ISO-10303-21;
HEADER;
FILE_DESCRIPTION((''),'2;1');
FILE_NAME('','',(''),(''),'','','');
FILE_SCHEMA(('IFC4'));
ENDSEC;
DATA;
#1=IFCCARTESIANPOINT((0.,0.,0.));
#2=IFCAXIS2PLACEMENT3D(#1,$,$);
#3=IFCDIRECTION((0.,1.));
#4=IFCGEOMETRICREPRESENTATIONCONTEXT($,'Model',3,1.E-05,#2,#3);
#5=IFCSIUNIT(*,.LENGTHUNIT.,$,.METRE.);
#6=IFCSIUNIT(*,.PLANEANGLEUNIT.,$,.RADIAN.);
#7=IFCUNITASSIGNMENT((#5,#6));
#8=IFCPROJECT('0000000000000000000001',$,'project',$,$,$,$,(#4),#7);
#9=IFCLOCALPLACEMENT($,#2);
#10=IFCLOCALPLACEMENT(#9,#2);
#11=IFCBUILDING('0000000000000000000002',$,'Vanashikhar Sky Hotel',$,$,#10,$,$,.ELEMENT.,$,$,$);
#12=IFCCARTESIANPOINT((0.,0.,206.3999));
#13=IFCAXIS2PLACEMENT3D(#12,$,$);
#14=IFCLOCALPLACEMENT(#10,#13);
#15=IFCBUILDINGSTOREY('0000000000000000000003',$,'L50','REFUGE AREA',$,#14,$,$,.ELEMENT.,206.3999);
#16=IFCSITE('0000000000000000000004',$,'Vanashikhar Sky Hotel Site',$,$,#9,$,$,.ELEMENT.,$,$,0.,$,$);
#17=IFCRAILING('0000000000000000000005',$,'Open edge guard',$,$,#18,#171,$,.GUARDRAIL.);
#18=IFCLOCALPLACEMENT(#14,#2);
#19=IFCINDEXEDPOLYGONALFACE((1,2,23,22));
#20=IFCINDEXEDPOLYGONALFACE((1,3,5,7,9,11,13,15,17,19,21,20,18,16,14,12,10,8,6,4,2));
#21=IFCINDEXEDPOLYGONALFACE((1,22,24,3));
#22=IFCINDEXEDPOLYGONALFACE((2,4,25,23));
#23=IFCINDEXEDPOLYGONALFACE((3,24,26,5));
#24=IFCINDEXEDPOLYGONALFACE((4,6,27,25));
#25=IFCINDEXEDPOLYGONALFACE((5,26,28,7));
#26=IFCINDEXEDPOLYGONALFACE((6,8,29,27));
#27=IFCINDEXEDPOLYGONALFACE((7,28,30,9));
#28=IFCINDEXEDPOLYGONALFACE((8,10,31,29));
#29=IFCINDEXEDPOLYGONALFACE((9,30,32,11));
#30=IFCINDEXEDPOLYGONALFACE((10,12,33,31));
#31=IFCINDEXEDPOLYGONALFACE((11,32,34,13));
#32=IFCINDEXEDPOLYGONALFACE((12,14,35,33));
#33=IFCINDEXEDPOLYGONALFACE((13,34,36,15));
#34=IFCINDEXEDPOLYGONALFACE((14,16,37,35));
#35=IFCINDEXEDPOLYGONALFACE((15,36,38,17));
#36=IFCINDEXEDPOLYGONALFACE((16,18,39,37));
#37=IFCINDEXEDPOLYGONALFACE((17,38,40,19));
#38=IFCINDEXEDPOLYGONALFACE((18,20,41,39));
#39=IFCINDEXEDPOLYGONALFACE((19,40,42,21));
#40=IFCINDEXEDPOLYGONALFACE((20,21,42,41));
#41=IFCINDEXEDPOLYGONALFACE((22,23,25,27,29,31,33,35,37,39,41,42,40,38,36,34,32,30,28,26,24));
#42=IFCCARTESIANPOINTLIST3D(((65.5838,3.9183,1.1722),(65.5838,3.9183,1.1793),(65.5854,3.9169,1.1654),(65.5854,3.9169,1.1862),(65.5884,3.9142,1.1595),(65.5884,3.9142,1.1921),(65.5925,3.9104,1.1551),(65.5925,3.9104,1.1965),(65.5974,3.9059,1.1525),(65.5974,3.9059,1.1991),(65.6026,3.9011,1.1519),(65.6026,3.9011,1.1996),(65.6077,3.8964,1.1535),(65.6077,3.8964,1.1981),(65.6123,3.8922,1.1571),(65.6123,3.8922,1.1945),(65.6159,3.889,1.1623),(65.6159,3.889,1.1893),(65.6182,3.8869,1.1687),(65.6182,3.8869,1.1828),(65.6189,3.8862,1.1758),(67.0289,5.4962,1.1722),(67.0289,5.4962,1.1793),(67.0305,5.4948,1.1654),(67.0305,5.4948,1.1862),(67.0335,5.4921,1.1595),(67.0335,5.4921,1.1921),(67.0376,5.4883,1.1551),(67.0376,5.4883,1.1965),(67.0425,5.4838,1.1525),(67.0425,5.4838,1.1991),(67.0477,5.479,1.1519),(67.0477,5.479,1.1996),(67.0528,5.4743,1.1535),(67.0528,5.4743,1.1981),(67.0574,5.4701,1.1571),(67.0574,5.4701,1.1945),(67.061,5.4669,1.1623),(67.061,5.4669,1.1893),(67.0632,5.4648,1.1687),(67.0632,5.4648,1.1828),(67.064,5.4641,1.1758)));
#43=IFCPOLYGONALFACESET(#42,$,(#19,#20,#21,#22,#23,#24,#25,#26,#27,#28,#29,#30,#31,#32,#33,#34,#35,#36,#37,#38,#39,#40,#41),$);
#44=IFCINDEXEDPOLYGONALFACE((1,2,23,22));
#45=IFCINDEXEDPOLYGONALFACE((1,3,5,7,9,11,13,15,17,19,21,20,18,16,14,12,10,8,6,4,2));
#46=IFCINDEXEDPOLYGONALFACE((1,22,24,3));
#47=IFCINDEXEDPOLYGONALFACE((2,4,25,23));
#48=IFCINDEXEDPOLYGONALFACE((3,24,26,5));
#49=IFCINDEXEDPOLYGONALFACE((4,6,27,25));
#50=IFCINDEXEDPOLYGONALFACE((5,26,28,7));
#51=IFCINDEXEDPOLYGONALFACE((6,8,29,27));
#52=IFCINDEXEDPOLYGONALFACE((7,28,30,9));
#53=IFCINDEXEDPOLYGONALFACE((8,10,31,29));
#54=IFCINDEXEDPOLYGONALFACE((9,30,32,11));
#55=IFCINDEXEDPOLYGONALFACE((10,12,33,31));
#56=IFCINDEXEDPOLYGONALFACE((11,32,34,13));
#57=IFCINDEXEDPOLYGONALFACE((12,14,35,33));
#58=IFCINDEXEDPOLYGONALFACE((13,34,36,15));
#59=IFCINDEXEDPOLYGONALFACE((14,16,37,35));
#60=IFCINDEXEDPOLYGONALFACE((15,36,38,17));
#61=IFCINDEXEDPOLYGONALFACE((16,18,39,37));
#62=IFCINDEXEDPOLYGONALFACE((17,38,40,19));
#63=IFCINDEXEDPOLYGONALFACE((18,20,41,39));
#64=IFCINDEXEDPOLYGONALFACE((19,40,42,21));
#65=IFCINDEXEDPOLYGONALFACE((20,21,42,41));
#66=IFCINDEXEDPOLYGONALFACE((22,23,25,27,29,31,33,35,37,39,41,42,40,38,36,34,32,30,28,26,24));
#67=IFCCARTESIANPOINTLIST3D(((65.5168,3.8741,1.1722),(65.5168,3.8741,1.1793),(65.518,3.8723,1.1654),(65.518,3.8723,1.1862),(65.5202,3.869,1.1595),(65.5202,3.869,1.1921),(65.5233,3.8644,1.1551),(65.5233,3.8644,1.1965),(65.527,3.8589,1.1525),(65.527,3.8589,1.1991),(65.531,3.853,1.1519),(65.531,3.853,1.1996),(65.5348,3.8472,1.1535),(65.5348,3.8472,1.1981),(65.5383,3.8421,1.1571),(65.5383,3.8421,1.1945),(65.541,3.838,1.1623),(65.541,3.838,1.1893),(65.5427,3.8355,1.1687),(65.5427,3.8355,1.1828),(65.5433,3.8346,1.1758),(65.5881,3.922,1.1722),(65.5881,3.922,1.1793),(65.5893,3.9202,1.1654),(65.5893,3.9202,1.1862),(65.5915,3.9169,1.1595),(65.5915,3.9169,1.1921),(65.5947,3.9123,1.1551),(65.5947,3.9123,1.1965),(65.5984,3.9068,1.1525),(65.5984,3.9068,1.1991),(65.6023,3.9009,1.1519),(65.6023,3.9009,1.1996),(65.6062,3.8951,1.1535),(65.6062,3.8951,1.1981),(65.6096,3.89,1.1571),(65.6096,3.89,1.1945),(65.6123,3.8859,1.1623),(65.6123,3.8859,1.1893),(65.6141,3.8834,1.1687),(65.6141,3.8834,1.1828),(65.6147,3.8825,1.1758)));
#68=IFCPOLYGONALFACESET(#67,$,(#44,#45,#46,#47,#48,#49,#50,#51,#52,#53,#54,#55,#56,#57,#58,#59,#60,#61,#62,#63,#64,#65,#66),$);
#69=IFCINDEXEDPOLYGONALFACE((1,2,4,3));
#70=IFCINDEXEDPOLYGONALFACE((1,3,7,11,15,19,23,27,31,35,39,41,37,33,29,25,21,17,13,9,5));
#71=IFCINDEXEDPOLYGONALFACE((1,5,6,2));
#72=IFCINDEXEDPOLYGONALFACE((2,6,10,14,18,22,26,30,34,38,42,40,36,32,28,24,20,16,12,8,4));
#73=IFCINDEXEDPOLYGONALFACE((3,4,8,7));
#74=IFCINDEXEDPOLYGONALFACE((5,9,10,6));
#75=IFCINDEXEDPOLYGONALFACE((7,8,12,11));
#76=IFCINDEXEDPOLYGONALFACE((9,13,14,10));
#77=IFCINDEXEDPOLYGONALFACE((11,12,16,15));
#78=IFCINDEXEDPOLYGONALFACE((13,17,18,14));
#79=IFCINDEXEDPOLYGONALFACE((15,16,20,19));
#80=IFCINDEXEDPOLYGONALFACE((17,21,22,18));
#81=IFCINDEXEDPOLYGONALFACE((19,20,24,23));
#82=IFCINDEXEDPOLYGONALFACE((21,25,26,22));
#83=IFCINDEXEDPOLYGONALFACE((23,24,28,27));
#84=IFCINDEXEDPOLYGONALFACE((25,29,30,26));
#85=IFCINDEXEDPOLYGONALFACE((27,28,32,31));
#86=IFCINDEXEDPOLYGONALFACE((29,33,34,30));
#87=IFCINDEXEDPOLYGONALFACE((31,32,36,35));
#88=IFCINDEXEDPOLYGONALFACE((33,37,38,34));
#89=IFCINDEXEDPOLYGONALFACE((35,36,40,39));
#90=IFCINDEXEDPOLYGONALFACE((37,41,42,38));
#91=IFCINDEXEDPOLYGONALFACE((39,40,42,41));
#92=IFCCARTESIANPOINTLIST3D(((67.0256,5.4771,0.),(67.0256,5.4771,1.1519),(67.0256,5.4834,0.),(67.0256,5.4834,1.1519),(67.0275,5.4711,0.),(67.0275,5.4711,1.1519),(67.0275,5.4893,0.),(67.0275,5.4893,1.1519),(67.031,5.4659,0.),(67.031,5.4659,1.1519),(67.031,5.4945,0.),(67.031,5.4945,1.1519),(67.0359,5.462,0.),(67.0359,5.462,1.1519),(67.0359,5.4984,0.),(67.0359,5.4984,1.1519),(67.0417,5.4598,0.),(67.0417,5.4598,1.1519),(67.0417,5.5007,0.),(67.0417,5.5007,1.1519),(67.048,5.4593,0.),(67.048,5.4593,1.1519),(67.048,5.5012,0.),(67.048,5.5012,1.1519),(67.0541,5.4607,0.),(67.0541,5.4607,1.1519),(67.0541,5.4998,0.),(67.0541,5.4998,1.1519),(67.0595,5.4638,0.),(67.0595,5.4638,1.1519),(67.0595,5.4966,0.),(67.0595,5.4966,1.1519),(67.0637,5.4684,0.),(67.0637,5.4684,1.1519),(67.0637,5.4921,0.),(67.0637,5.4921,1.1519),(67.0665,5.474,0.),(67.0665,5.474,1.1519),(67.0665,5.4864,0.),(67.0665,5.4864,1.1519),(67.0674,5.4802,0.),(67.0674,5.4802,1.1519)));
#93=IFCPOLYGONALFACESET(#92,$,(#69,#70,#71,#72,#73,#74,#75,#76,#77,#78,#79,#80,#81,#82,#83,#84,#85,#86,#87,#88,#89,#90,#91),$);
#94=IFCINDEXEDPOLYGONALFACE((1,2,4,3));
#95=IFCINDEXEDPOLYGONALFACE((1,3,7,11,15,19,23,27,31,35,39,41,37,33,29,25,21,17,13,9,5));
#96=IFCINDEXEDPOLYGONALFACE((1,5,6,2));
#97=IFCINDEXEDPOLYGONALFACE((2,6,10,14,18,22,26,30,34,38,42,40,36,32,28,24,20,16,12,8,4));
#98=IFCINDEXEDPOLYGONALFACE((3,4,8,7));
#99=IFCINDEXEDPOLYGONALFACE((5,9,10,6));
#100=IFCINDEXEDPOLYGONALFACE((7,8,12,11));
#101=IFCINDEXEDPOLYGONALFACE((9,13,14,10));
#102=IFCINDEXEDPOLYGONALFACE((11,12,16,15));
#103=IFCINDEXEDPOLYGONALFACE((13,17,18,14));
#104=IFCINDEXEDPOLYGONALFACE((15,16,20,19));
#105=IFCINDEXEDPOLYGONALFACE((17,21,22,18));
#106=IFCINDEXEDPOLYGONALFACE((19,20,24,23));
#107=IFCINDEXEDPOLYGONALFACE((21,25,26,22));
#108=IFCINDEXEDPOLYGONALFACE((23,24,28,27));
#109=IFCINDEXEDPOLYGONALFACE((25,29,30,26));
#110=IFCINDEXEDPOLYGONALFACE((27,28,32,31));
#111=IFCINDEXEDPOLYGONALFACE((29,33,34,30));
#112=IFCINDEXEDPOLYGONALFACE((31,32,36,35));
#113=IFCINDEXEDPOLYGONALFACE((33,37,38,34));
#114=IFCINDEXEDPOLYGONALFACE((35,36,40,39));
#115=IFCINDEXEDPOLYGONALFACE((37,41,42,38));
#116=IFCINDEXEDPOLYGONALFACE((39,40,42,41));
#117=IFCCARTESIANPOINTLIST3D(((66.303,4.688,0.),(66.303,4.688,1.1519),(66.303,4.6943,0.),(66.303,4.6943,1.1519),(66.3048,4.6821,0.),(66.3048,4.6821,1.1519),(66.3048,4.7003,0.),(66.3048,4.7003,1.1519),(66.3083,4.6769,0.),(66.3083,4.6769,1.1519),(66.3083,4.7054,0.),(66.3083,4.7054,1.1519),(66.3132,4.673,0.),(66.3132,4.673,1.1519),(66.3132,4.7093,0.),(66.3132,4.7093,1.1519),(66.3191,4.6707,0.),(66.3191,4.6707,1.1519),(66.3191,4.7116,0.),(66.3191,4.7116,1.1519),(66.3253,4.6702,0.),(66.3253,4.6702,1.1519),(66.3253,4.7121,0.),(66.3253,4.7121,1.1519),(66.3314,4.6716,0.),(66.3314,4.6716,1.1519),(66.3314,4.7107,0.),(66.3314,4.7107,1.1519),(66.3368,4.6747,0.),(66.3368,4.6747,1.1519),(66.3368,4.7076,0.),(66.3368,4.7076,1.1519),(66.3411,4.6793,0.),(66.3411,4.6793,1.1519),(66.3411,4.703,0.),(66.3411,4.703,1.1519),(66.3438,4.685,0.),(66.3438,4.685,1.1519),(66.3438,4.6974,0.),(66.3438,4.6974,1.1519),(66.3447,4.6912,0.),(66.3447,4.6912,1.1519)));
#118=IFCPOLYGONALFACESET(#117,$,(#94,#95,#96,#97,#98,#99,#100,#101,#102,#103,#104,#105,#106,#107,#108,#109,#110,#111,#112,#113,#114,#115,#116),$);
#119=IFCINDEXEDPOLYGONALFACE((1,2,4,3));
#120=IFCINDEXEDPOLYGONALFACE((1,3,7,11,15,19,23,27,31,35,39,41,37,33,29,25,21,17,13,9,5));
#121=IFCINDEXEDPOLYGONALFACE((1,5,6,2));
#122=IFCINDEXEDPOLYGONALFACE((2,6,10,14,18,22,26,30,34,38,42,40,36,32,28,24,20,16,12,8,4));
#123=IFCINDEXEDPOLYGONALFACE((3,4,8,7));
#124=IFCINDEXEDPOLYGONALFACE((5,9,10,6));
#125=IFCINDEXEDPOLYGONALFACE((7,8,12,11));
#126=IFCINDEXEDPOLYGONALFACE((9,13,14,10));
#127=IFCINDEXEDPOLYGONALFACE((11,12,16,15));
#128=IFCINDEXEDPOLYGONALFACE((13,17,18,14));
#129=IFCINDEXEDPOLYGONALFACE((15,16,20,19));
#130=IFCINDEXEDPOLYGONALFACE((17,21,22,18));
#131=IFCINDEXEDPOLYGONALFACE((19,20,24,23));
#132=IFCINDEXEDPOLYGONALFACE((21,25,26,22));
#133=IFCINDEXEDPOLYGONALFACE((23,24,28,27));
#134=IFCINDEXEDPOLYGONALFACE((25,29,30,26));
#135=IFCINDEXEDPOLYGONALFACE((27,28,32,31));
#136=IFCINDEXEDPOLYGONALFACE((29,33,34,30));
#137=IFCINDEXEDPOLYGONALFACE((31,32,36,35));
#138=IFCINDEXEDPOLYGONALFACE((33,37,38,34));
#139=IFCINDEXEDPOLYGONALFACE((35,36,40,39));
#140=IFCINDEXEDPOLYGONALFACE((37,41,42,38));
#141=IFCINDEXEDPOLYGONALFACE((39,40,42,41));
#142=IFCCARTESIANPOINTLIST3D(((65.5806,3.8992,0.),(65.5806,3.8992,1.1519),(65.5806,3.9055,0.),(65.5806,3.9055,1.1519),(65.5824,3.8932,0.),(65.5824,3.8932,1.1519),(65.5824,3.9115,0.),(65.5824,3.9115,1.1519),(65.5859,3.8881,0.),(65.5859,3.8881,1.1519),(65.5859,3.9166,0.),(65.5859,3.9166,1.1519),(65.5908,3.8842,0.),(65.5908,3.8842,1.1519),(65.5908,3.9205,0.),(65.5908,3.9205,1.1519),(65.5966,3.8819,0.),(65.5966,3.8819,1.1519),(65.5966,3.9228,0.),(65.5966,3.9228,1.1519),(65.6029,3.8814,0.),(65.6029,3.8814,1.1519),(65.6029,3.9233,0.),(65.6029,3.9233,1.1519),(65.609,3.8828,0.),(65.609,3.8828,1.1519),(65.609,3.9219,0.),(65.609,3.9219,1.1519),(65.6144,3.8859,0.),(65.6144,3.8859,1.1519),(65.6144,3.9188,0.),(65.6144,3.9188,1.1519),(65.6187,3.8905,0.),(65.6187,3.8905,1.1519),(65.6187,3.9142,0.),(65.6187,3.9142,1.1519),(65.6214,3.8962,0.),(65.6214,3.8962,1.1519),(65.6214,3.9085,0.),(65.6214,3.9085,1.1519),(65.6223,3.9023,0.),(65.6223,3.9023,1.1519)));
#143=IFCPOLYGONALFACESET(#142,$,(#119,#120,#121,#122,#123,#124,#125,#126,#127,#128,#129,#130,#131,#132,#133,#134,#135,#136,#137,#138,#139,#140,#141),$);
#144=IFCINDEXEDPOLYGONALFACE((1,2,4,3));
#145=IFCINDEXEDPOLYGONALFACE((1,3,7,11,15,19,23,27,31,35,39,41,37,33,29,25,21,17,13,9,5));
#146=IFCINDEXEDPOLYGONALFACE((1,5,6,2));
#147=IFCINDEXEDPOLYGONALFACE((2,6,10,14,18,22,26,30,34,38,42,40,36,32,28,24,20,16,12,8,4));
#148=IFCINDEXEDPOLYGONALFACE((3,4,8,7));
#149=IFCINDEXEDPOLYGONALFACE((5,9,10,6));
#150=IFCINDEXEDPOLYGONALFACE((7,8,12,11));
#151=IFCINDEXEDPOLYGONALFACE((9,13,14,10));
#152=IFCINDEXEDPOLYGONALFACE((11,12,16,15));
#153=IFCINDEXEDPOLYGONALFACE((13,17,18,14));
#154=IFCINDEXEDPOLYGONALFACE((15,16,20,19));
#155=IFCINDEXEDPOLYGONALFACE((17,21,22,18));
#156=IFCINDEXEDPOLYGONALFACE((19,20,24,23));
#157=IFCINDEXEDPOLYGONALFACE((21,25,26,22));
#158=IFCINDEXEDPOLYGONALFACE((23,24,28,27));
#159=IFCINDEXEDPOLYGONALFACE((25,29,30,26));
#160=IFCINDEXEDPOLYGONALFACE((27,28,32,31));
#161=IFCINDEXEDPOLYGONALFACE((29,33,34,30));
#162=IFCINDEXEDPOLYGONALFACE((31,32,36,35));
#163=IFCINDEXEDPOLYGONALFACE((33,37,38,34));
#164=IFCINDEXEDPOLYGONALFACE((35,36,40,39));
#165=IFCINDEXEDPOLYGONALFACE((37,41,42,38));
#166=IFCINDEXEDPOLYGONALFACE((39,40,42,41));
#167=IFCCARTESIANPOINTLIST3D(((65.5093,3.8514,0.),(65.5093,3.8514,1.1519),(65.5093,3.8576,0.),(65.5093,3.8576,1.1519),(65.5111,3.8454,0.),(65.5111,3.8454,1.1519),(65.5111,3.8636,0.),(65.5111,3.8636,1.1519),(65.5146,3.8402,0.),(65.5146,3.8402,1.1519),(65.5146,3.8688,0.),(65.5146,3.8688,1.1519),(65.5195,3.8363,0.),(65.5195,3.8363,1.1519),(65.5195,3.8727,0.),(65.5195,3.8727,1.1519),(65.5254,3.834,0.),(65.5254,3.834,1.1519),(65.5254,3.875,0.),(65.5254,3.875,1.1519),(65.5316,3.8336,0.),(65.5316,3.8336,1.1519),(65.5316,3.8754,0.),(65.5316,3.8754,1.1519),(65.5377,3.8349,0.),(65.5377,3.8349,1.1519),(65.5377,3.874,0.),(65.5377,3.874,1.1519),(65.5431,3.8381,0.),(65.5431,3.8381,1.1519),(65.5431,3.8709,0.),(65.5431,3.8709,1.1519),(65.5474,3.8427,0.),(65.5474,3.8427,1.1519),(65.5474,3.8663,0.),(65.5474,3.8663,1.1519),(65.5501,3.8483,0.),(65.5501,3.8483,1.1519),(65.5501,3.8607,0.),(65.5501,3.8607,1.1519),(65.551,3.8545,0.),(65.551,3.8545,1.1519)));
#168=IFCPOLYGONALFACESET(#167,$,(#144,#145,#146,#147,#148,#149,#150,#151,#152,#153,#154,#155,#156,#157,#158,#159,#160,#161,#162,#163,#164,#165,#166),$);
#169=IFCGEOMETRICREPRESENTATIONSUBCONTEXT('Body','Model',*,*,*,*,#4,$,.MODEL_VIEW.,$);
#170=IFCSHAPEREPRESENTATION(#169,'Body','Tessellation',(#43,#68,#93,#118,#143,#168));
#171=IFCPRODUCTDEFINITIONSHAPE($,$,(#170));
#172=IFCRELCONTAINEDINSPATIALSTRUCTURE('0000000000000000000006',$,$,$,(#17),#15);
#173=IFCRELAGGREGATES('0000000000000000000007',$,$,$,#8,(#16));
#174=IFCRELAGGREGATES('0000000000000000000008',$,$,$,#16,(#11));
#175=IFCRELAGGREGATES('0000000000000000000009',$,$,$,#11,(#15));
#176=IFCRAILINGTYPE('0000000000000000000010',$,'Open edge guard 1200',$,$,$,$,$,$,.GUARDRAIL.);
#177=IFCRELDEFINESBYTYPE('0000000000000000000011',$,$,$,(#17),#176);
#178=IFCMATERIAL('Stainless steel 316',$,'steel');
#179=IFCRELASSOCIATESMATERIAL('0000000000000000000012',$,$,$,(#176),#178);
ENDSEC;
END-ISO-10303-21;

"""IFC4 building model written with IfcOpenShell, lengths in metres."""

from ifc_helpers import new_model, si_unit, direction, frame, origin, origin_2d, place, context, subcontext, project, spatial, circle, extrude, source, transform, mapped, material, type_object, element, save


model = new_model("IFC4")

# Units and contexts
model_context = context("Model", 3, precision=1e-05, world=origin(), true_north=direction((0.0, 1.0)))
body_context = subcontext(model_context, "Body", "Model", "MODEL_VIEW")
ifc_project = project(units=[si_unit("LENGTHUNIT", "METRE"), si_unit("PLANEANGLEUNIT", "RADIAN")], contexts=[model_context])

# Site, building, storey
site_placement = place(None, origin())
site = spatial("IfcSite", under=ifc_project, at=site_placement, Name="Vanashikhar Sky Hotel Site", CompositionType="ELEMENT", RefElevation=0.0)
building_placement = place(site_placement, origin())
building = spatial("IfcBuilding", under=site, at=building_placement, Name="Vanashikhar Sky Hotel", CompositionType="ELEMENT")
storey_placement = place(building_placement, frame((0.0, 0.0, 206.3999)))
storey = spatial("IfcBuildingStorey", under=building, at=storey_placement, Name="L50", Description="REFUGE AREA", CompositionType="ELEMENT", Elevation=206.3999)

# Railing
ifc_material_1 = material(Name="Stainless steel 316", Category="steel")
railing_type = type_object("IfcRailingType", Name="Open edge guard 1200", PredefinedType="GUARDRAIL", material=ifc_material_1)
shared_shape_1 = source(origin(), body_context, "Body", "SweptSolid", [
    extrude(circle(Radius=0.0239, at=origin_2d()), frame((0.0, 0.0, 1.1758), z_axis=(-0.675389, -0.737462, 0.0), x_axis=(0.737462, -0.675389, 0.0)), (0.0, 0.0, 1.0), 2.1396),
    extrude(circle(Radius=0.0239, at=origin_2d()), frame((-1.4451, -1.5779, 1.1758), z_axis=(-0.830296, -0.557322, 0.0), x_axis=(0.557322, -0.830296, 0.0)), (0.0, 0.0, 1.0), 0.0859),
    extrude(circle(Radius=0.021, at=origin_2d()), origin(), (0.0, 0.0, 1.0), 1.1519),
    extrude(circle(Radius=0.021, at=origin_2d()), frame((-0.7227, -0.7891, 0.0)), (0.0, 0.0, 1.0), 1.1519),
    extrude(circle(Radius=0.021, at=origin_2d()), frame((-1.4451, -1.5779, 0.0)), (0.0, 0.0, 1.0), 1.1519),
    extrude(circle(Radius=0.021, at=origin_2d()), frame((-1.5164, -1.6257, 0.0)), (0.0, 0.0, 1.0), 1.1519),
])
railing_1_placement = place(storey_placement, frame((67.0464, 5.4802, 0.0)))
element("IfcRailing", 1, at=railing_1_placement, inside=storey, type_object=railing_type, Name="Open edge guard", PredefinedType="GUARDRAIL", context=body_context, shape_type="MappedRepresentation", body=[
    mapped(shared_shape_1, transform((0.0, 0.0, 0.0), scale=1.0)),
])

save(model, "model.ifc")
